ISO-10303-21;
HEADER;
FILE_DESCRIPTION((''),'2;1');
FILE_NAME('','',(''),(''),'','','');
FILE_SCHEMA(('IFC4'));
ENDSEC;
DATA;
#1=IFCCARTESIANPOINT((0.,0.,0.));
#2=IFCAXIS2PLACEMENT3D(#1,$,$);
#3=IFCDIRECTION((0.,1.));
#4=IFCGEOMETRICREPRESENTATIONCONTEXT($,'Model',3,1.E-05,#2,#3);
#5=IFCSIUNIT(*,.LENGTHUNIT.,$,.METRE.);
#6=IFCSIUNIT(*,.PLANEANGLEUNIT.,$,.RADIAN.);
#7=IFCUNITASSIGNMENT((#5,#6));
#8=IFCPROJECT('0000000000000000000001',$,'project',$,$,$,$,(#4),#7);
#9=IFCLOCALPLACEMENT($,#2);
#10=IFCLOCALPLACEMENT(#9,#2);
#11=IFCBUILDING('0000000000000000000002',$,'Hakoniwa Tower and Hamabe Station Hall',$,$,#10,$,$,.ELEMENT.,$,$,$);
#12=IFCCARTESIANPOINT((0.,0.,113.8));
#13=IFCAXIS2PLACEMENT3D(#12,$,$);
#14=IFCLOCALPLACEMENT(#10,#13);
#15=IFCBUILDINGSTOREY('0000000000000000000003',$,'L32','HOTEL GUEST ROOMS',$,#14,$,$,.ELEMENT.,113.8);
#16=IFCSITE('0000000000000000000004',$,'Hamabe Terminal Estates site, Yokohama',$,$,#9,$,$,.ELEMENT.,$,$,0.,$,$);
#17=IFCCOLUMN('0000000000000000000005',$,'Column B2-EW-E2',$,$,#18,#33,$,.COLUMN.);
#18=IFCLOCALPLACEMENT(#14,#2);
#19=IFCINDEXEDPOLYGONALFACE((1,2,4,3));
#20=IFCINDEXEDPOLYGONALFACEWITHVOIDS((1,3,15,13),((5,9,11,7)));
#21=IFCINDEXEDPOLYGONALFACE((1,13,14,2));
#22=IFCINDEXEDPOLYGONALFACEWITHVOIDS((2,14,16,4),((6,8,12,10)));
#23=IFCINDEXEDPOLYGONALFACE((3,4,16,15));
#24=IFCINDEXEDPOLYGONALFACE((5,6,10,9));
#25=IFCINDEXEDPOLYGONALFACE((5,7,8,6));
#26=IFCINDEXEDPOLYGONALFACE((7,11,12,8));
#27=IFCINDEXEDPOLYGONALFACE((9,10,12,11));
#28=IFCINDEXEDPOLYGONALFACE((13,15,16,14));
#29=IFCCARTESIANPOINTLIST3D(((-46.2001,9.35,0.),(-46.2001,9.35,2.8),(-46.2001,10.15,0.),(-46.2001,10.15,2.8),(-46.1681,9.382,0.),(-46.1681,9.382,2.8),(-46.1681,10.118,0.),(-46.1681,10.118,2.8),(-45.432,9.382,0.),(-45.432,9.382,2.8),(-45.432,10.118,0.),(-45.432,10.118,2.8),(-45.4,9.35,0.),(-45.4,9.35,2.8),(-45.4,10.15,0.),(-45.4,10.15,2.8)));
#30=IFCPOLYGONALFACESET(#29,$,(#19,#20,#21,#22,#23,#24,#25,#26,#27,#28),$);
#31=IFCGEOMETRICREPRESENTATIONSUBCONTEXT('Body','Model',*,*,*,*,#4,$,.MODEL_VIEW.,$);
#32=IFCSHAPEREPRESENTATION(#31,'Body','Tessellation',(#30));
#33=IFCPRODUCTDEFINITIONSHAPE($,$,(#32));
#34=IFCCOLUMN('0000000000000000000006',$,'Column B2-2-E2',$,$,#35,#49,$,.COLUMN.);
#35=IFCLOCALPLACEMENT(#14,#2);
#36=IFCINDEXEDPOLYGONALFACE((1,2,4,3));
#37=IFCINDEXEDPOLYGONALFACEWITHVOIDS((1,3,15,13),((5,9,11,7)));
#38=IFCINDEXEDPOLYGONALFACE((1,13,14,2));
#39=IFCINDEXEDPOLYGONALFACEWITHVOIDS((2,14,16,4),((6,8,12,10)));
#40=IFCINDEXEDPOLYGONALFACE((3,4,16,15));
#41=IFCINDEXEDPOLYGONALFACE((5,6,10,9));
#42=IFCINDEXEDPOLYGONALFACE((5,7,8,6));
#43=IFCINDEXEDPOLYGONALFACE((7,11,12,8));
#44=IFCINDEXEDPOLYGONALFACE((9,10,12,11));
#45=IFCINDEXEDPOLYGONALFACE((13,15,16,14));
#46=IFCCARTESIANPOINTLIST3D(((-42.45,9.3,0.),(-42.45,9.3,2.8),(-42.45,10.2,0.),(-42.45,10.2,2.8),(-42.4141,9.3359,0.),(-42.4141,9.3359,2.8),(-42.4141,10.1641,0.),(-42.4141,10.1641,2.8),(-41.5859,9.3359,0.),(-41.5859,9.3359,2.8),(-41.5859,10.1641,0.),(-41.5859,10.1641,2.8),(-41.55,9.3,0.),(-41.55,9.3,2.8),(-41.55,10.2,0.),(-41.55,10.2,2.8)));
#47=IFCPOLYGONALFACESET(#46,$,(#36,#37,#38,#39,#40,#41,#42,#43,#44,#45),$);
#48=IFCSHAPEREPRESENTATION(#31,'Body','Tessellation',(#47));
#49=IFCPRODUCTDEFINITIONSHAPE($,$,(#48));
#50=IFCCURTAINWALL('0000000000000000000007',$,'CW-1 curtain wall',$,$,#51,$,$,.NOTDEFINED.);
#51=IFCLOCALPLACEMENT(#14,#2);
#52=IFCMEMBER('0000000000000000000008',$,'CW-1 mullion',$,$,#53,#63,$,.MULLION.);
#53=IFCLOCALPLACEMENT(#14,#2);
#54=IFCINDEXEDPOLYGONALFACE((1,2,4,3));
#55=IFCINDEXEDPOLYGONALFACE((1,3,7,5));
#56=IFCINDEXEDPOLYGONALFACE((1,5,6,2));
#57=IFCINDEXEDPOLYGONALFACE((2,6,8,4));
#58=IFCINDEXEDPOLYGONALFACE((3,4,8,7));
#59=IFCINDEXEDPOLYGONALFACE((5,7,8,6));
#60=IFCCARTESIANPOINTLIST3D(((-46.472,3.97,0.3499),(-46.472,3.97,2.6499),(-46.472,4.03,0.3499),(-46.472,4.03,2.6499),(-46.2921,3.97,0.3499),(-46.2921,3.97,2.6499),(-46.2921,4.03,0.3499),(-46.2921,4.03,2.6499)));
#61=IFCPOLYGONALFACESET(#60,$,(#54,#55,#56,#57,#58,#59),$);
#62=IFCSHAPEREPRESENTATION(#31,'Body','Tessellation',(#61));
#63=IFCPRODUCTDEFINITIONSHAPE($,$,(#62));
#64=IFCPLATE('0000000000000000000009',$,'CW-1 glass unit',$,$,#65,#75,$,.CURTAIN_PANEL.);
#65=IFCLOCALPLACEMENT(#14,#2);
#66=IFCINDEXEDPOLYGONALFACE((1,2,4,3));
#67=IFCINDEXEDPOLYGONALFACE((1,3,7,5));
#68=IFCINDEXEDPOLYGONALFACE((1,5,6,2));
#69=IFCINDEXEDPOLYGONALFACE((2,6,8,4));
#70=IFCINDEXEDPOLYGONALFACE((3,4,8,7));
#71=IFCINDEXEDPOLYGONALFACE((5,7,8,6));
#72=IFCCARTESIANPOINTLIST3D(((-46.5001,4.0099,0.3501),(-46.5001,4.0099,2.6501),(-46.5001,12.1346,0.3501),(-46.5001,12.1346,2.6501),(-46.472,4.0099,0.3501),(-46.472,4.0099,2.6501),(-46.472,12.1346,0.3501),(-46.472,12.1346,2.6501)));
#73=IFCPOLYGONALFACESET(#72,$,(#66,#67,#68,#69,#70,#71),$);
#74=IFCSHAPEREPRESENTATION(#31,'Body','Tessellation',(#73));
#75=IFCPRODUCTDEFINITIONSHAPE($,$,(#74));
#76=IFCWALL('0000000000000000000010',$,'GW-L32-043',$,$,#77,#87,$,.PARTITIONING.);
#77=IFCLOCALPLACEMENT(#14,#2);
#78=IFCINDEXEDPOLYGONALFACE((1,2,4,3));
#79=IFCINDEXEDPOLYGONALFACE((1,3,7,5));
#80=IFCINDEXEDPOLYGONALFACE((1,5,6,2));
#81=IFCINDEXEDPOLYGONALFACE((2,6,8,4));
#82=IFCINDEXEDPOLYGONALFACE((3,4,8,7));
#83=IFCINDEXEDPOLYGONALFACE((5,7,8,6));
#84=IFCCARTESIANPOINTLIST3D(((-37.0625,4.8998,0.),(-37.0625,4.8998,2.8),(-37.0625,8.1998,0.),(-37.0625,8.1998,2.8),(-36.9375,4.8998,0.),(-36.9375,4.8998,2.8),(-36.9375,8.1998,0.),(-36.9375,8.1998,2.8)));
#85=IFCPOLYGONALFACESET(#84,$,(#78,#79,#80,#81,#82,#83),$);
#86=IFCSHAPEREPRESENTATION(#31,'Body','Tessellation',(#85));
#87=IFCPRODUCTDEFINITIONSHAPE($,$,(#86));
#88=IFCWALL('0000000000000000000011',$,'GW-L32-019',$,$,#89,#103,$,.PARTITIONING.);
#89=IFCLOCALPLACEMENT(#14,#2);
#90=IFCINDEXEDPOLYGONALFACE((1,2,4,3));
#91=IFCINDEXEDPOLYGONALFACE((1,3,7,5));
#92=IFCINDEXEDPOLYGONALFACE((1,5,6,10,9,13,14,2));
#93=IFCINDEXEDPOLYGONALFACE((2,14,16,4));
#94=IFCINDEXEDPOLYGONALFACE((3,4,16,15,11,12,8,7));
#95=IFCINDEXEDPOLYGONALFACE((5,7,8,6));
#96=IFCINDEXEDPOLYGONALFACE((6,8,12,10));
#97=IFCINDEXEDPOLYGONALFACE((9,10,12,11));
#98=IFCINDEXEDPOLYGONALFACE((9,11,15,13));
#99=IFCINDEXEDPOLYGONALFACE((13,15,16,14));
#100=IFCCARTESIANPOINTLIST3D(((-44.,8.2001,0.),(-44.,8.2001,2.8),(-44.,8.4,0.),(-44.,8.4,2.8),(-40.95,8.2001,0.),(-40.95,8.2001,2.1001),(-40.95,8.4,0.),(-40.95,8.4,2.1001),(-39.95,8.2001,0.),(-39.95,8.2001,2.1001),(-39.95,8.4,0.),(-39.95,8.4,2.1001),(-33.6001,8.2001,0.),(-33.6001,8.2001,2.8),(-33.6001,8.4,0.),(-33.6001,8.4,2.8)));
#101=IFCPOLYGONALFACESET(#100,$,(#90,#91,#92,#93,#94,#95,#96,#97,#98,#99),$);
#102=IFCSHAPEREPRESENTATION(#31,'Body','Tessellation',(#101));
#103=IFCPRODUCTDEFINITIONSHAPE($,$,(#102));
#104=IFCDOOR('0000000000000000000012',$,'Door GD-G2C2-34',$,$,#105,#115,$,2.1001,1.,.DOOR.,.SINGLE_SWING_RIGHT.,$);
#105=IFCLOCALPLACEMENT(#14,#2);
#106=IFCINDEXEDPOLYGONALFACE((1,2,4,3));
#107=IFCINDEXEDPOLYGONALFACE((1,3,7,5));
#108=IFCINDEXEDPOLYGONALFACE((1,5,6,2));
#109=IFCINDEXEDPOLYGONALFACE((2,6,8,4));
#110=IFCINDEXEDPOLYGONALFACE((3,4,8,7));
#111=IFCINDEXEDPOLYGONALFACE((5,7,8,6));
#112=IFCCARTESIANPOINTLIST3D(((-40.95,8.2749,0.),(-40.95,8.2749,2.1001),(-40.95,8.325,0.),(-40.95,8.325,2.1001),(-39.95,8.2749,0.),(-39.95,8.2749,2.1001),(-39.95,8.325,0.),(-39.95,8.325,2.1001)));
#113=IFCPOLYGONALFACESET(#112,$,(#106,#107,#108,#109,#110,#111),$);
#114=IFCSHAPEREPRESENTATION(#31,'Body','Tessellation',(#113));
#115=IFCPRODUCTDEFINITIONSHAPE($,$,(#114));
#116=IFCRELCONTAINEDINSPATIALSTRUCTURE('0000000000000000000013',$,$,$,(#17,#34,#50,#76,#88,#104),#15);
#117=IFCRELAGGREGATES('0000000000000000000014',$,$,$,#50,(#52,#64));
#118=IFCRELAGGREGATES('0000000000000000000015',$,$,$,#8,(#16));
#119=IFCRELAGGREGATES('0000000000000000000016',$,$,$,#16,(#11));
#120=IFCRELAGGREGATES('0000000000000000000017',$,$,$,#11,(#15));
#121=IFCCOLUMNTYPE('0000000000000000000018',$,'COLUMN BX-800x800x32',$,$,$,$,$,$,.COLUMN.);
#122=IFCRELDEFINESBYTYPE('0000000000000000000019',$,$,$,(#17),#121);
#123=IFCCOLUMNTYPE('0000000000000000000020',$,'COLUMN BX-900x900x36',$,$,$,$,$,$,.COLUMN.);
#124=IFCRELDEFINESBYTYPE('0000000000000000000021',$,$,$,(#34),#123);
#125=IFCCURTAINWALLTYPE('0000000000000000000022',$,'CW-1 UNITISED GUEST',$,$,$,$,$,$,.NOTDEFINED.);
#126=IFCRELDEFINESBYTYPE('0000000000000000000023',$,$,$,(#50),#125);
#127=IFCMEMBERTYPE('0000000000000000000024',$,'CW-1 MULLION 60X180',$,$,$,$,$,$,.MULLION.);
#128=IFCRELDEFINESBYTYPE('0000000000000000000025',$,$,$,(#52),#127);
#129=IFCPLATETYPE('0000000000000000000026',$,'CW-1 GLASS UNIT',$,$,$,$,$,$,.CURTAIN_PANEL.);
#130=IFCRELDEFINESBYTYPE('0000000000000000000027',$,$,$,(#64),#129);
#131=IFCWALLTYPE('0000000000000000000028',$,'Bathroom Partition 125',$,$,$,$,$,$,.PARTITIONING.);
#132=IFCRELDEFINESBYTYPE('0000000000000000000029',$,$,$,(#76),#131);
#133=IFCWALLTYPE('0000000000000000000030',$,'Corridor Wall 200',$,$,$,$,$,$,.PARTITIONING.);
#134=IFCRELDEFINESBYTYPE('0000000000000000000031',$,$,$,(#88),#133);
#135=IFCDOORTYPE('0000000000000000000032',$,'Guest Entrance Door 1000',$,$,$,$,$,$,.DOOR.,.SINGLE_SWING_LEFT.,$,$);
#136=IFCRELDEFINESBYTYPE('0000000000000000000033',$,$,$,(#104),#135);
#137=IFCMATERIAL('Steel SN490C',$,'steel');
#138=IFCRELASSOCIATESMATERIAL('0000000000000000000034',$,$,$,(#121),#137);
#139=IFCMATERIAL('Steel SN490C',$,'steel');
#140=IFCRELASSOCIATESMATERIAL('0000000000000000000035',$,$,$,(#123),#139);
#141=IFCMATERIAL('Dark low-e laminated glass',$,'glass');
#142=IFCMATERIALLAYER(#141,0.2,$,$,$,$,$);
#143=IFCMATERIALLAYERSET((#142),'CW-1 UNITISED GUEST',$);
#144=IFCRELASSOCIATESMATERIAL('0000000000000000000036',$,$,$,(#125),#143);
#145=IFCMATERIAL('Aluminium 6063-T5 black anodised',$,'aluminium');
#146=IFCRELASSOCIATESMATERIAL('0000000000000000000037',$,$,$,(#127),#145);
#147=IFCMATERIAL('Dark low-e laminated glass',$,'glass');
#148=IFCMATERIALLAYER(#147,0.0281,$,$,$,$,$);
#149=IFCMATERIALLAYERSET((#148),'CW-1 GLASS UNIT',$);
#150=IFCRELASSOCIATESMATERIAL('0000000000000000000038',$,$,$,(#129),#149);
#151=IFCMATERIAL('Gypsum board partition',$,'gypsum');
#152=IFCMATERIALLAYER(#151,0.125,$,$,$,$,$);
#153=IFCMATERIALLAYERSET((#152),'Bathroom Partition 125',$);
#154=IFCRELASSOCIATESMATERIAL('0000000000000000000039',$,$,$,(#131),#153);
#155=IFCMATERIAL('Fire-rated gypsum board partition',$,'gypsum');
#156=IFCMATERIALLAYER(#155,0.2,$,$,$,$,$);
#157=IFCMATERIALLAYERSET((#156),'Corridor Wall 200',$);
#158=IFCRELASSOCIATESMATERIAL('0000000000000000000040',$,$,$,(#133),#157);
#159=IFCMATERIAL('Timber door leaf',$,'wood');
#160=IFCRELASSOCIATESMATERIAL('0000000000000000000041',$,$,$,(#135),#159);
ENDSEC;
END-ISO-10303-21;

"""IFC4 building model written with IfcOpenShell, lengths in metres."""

from ifc_helpers import new_model, si_unit, direction, frame, frame_2d, origin, origin_2d, place, context, subcontext, project, spatial, rectangle, hollow_rectangle, extrude, material, layer, layer_set, material_profile, profile_set, type_object, element, fill, aggregate, save


model = new_model("IFC4")

# Units and contexts
model_context = context("Model", 3, precision=1e-05, world=origin(), true_north=direction((0.0, 1.0)))
body_context = subcontext(model_context, "Body", "Model", "MODEL_VIEW")
ifc_project = project(units=[si_unit("LENGTHUNIT", "METRE"), si_unit("PLANEANGLEUNIT", "RADIAN")], contexts=[model_context])

# Site, building, storey
site_placement = place(None, origin())
site = spatial("IfcSite", under=ifc_project, at=site_placement, Name="Hamabe Terminal Estates site, Yokohama", CompositionType="ELEMENT", RefElevation=0.0)
building_placement = place(site_placement, origin())
building = spatial("IfcBuilding", under=site, at=building_placement, Name="Hakoniwa Tower and Hamabe Station Hall", CompositionType="ELEMENT")
storey_placement = place(building_placement, frame((0.0, 0.0, 113.8)))
storey = spatial("IfcBuildingStorey", under=building, at=storey_placement, Name="L32", Description="HOTEL GUEST ROOMS", CompositionType="ELEMENT", Elevation=113.8)

# Columns
ifc_material_1 = material(Name="Steel SN490C", Category="steel")
ifc_material_profile_1 = material_profile(ifc_material_1, hollow_rectangle(XDim=0.8, YDim=0.8, WallThickness=0.032, at=origin_2d()), Name="BX-800x800x32")
ifc_profile_set_1 = profile_set([ifc_material_profile_1], Name="Steel SN490C")
column_type_1 = type_object("IfcColumnType", Name="COLUMN BX-800x800x32", PredefinedType="COLUMN", material=ifc_profile_set_1)
column_1_placement = place(storey_placement, frame((-45.8, 9.75, 0.0), z_axis=(0.0, 0.0, 1.0), x_axis=(1.0, 0.0, 0.0)))
element("IfcColumn", 1, at=column_1_placement, inside=storey, type_object=column_type_1, Name="Column B2-EW-E2", PredefinedType="COLUMN", context=body_context, shape_type="SweptSolid", body=[
    extrude(hollow_rectangle(XDim=0.8, YDim=0.8, WallThickness=0.032, at=origin_2d()), origin(), (0.0, 0.0, 1.0), 2.8),
])
ifc_material_2 = material(Name="Steel SN490C", Category="steel")
ifc_material_profile_2 = material_profile(ifc_material_2, hollow_rectangle(XDim=0.8999, YDim=0.8999, WallThickness=0.0359, at=origin_2d()), Name="BX-900x900x36")
ifc_profile_set_2 = profile_set([ifc_material_profile_2], Name="Steel SN490C")
column_type_2 = type_object("IfcColumnType", Name="COLUMN BX-900x900x36", PredefinedType="COLUMN", material=ifc_profile_set_2)
column_2_placement = place(storey_placement, frame((-42.0, 9.75, 0.0), z_axis=(0.0, 0.0, 1.0), x_axis=(1.0, 0.0, 0.0)))
element("IfcColumn", 2, at=column_2_placement, inside=storey, type_object=column_type_2, Name="Column B2-2-E2", PredefinedType="COLUMN", context=body_context, shape_type="SweptSolid", body=[
    extrude(hollow_rectangle(XDim=0.8999, YDim=0.8999, WallThickness=0.0359, at=origin_2d()), origin(), (0.0, 0.0, 1.0), 2.8),
])

# Curtain wall, member, plate
ifc_material_3 = material(Name="Dark low-e laminated glass", Category="glass")
ifc_layer_1 = layer(ifc_material_3, 0.2)
ifc_layer_set_1 = layer_set([ifc_layer_1], Name="CW-1 UNITISED GUEST")
curtain_wall_type = type_object("IfcCurtainWallType", Name="CW-1 UNITISED GUEST", PredefinedType="NOTDEFINED", material=ifc_layer_set_1)
curtain_wall_placement = place(storey_placement, origin())
curtain_wall = element("IfcCurtainWall", 3, at=curtain_wall_placement, inside=storey, type_object=curtain_wall_type, Name="CW-1 curtain wall", PredefinedType="NOTDEFINED")
ifc_material_4 = material(Name="Aluminium 6063-T5 black anodised", Category="aluminium")
ifc_material_profile_3 = material_profile(ifc_material_4, rectangle(XDim=0.0601, YDim=0.1799, at=origin_2d()), Name="CW-1 MULLION 60X180")
ifc_profile_set_3 = profile_set([ifc_material_profile_3], Name="Aluminium 6063-T5 black anodised")
member_type = type_object("IfcMemberType", Name="CW-1 MULLION 60X180", PredefinedType="MULLION", material=ifc_profile_set_3)
member_placement = place(storey_placement, frame((-46.3821, 4.0, 0.3499), z_axis=(0.0, 0.0, 1.0), x_axis=(0.0, -1.0, 0.0)))
member = element("IfcMember", 4, at=member_placement, type_object=member_type, Name="CW-1 mullion", PredefinedType="MULLION", context=body_context, shape_type="SweptSolid", body=[
    extrude(rectangle(XDim=0.0601, YDim=0.1799, at=origin_2d()), origin(), (0.0, 0.0, 1.0), 2.3),
])
ifc_material_5 = material(Name="Dark low-e laminated glass", Category="glass")
ifc_layer_2 = layer(ifc_material_5, 0.0281)
ifc_layer_set_2 = layer_set([ifc_layer_2], Name="CW-1 GLASS UNIT")
plate_type = type_object("IfcPlateType", Name="CW-1 GLASS UNIT", PredefinedType="CURTAIN_PANEL", material=ifc_layer_set_2)
plate_placement = place(storey_placement, frame((-46.4861, 8.0723, 0.3501), z_axis=(0.0, 0.0, 1.0), x_axis=(0.0, -1.0, 0.0)))
plate = element("IfcPlate", 5, at=plate_placement, type_object=plate_type, Name="CW-1 glass unit", PredefinedType="CURTAIN_PANEL", context=body_context, shape_type="SweptSolid", body=[
    extrude(rectangle(XDim=8.1248, YDim=0.0281, at=origin_2d()), origin(), (0.0, 0.0, 1.0), 2.3),
])
aggregate(curtain_wall, [member, plate])

# Wall
ifc_material_6 = material(Name="Gypsum board partition", Category="gypsum")
ifc_layer_3 = layer(ifc_material_6, 0.125)
ifc_layer_set_3 = layer_set([ifc_layer_3], Name="Bathroom Partition 125")
wall_type_1 = type_object("IfcWallType", Name="Bathroom Partition 125", PredefinedType="PARTITIONING", material=ifc_layer_set_3)
wall_1_placement = place(storey_placement, frame((-37.0, 4.8999, 0.0), z_axis=(0.0, 0.0, 1.0), x_axis=(0.0, 1.0, 0.0)))
element("IfcWall", 6, at=wall_1_placement, inside=storey, type_object=wall_type_1, Name="GW-L32-043", PredefinedType="PARTITIONING", context=body_context, shape_type="SweptSolid", body=[
    extrude(rectangle(XDim=3.3, YDim=0.125, at=frame_2d((1.6499, 0.0))), origin(), (0.0, 0.0, 1.0), 2.8),
])

# Wall, opening, door
ifc_material_7 = material(Name="Fire-rated gypsum board partition", Category="gypsum")
ifc_layer_4 = layer(ifc_material_7, 0.2)
ifc_layer_set_4 = layer_set([ifc_layer_4], Name="Corridor Wall 200")
wall_type_2 = type_object("IfcWallType", Name="Corridor Wall 200", PredefinedType="PARTITIONING", material=ifc_layer_set_4)
wall_2_placement = place(storey_placement, frame((-44.0, 8.3, 0.0), z_axis=(0.0, 0.0, 1.0), x_axis=(1.0, 0.0, 0.0)))
wall_2 = element("IfcWall", 7, at=wall_2_placement, inside=storey, type_object=wall_type_2, Name="GW-L32-019", PredefinedType="PARTITIONING", context=body_context, shape_type="SweptSolid", body=[
    extrude(rectangle(XDim=10.3999, YDim=0.2, at=frame_2d((5.2, 0.0))), origin(), (0.0, 0.0, 1.0), 2.8),
])
opening_1_placement = place(wall_2_placement, frame((3.05, 0.0, 0.0)))
opening_1 = element("IfcOpeningElement", 8, at=opening_1_placement, cuts=wall_2, PredefinedType="OPENING", context=body_context, shape_type="SweptSolid", body=[
    extrude(rectangle(XDim=1.0, YDim=2.1001, at=frame_2d((0.5, 1.05))), frame((0.0, 0.1099, 0.0), z_axis=(0.0, -1.0, 0.0), x_axis=(1.0, 0.0, 0.0)), (0.0, 0.0, 1.0), 0.22),
])
ifc_material_8 = material(Name="Timber door leaf", Category="wood")
door_type_1 = type_object("IfcDoorType", Name="Guest Entrance Door 1000", OperationType="SINGLE_SWING_LEFT", PredefinedType="DOOR", material=ifc_material_8)
door_1_placement = place(opening_1_placement, origin())
door_1 = element("IfcDoor", 9, at=door_1_placement, inside=storey, type_object=door_type_1, Name="Door GD-G2C2-34", OperationType="SINGLE_SWING_RIGHT", OverallHeight=2.1001, OverallWidth=1.0, PredefinedType="DOOR", context=body_context, shape_type="SweptSolid", body=[
    extrude(rectangle(XDim=1.0, YDim=2.1001, at=frame_2d((0.5, 1.05))), frame((0.0, 0.0249, 0.0), z_axis=(0.0, -1.0, 0.0), x_axis=(1.0, 0.0, 0.0)), (0.0, 0.0, 1.0), 0.05),
])
fill(opening_1, door_1)

save(model, "model.ifc")
